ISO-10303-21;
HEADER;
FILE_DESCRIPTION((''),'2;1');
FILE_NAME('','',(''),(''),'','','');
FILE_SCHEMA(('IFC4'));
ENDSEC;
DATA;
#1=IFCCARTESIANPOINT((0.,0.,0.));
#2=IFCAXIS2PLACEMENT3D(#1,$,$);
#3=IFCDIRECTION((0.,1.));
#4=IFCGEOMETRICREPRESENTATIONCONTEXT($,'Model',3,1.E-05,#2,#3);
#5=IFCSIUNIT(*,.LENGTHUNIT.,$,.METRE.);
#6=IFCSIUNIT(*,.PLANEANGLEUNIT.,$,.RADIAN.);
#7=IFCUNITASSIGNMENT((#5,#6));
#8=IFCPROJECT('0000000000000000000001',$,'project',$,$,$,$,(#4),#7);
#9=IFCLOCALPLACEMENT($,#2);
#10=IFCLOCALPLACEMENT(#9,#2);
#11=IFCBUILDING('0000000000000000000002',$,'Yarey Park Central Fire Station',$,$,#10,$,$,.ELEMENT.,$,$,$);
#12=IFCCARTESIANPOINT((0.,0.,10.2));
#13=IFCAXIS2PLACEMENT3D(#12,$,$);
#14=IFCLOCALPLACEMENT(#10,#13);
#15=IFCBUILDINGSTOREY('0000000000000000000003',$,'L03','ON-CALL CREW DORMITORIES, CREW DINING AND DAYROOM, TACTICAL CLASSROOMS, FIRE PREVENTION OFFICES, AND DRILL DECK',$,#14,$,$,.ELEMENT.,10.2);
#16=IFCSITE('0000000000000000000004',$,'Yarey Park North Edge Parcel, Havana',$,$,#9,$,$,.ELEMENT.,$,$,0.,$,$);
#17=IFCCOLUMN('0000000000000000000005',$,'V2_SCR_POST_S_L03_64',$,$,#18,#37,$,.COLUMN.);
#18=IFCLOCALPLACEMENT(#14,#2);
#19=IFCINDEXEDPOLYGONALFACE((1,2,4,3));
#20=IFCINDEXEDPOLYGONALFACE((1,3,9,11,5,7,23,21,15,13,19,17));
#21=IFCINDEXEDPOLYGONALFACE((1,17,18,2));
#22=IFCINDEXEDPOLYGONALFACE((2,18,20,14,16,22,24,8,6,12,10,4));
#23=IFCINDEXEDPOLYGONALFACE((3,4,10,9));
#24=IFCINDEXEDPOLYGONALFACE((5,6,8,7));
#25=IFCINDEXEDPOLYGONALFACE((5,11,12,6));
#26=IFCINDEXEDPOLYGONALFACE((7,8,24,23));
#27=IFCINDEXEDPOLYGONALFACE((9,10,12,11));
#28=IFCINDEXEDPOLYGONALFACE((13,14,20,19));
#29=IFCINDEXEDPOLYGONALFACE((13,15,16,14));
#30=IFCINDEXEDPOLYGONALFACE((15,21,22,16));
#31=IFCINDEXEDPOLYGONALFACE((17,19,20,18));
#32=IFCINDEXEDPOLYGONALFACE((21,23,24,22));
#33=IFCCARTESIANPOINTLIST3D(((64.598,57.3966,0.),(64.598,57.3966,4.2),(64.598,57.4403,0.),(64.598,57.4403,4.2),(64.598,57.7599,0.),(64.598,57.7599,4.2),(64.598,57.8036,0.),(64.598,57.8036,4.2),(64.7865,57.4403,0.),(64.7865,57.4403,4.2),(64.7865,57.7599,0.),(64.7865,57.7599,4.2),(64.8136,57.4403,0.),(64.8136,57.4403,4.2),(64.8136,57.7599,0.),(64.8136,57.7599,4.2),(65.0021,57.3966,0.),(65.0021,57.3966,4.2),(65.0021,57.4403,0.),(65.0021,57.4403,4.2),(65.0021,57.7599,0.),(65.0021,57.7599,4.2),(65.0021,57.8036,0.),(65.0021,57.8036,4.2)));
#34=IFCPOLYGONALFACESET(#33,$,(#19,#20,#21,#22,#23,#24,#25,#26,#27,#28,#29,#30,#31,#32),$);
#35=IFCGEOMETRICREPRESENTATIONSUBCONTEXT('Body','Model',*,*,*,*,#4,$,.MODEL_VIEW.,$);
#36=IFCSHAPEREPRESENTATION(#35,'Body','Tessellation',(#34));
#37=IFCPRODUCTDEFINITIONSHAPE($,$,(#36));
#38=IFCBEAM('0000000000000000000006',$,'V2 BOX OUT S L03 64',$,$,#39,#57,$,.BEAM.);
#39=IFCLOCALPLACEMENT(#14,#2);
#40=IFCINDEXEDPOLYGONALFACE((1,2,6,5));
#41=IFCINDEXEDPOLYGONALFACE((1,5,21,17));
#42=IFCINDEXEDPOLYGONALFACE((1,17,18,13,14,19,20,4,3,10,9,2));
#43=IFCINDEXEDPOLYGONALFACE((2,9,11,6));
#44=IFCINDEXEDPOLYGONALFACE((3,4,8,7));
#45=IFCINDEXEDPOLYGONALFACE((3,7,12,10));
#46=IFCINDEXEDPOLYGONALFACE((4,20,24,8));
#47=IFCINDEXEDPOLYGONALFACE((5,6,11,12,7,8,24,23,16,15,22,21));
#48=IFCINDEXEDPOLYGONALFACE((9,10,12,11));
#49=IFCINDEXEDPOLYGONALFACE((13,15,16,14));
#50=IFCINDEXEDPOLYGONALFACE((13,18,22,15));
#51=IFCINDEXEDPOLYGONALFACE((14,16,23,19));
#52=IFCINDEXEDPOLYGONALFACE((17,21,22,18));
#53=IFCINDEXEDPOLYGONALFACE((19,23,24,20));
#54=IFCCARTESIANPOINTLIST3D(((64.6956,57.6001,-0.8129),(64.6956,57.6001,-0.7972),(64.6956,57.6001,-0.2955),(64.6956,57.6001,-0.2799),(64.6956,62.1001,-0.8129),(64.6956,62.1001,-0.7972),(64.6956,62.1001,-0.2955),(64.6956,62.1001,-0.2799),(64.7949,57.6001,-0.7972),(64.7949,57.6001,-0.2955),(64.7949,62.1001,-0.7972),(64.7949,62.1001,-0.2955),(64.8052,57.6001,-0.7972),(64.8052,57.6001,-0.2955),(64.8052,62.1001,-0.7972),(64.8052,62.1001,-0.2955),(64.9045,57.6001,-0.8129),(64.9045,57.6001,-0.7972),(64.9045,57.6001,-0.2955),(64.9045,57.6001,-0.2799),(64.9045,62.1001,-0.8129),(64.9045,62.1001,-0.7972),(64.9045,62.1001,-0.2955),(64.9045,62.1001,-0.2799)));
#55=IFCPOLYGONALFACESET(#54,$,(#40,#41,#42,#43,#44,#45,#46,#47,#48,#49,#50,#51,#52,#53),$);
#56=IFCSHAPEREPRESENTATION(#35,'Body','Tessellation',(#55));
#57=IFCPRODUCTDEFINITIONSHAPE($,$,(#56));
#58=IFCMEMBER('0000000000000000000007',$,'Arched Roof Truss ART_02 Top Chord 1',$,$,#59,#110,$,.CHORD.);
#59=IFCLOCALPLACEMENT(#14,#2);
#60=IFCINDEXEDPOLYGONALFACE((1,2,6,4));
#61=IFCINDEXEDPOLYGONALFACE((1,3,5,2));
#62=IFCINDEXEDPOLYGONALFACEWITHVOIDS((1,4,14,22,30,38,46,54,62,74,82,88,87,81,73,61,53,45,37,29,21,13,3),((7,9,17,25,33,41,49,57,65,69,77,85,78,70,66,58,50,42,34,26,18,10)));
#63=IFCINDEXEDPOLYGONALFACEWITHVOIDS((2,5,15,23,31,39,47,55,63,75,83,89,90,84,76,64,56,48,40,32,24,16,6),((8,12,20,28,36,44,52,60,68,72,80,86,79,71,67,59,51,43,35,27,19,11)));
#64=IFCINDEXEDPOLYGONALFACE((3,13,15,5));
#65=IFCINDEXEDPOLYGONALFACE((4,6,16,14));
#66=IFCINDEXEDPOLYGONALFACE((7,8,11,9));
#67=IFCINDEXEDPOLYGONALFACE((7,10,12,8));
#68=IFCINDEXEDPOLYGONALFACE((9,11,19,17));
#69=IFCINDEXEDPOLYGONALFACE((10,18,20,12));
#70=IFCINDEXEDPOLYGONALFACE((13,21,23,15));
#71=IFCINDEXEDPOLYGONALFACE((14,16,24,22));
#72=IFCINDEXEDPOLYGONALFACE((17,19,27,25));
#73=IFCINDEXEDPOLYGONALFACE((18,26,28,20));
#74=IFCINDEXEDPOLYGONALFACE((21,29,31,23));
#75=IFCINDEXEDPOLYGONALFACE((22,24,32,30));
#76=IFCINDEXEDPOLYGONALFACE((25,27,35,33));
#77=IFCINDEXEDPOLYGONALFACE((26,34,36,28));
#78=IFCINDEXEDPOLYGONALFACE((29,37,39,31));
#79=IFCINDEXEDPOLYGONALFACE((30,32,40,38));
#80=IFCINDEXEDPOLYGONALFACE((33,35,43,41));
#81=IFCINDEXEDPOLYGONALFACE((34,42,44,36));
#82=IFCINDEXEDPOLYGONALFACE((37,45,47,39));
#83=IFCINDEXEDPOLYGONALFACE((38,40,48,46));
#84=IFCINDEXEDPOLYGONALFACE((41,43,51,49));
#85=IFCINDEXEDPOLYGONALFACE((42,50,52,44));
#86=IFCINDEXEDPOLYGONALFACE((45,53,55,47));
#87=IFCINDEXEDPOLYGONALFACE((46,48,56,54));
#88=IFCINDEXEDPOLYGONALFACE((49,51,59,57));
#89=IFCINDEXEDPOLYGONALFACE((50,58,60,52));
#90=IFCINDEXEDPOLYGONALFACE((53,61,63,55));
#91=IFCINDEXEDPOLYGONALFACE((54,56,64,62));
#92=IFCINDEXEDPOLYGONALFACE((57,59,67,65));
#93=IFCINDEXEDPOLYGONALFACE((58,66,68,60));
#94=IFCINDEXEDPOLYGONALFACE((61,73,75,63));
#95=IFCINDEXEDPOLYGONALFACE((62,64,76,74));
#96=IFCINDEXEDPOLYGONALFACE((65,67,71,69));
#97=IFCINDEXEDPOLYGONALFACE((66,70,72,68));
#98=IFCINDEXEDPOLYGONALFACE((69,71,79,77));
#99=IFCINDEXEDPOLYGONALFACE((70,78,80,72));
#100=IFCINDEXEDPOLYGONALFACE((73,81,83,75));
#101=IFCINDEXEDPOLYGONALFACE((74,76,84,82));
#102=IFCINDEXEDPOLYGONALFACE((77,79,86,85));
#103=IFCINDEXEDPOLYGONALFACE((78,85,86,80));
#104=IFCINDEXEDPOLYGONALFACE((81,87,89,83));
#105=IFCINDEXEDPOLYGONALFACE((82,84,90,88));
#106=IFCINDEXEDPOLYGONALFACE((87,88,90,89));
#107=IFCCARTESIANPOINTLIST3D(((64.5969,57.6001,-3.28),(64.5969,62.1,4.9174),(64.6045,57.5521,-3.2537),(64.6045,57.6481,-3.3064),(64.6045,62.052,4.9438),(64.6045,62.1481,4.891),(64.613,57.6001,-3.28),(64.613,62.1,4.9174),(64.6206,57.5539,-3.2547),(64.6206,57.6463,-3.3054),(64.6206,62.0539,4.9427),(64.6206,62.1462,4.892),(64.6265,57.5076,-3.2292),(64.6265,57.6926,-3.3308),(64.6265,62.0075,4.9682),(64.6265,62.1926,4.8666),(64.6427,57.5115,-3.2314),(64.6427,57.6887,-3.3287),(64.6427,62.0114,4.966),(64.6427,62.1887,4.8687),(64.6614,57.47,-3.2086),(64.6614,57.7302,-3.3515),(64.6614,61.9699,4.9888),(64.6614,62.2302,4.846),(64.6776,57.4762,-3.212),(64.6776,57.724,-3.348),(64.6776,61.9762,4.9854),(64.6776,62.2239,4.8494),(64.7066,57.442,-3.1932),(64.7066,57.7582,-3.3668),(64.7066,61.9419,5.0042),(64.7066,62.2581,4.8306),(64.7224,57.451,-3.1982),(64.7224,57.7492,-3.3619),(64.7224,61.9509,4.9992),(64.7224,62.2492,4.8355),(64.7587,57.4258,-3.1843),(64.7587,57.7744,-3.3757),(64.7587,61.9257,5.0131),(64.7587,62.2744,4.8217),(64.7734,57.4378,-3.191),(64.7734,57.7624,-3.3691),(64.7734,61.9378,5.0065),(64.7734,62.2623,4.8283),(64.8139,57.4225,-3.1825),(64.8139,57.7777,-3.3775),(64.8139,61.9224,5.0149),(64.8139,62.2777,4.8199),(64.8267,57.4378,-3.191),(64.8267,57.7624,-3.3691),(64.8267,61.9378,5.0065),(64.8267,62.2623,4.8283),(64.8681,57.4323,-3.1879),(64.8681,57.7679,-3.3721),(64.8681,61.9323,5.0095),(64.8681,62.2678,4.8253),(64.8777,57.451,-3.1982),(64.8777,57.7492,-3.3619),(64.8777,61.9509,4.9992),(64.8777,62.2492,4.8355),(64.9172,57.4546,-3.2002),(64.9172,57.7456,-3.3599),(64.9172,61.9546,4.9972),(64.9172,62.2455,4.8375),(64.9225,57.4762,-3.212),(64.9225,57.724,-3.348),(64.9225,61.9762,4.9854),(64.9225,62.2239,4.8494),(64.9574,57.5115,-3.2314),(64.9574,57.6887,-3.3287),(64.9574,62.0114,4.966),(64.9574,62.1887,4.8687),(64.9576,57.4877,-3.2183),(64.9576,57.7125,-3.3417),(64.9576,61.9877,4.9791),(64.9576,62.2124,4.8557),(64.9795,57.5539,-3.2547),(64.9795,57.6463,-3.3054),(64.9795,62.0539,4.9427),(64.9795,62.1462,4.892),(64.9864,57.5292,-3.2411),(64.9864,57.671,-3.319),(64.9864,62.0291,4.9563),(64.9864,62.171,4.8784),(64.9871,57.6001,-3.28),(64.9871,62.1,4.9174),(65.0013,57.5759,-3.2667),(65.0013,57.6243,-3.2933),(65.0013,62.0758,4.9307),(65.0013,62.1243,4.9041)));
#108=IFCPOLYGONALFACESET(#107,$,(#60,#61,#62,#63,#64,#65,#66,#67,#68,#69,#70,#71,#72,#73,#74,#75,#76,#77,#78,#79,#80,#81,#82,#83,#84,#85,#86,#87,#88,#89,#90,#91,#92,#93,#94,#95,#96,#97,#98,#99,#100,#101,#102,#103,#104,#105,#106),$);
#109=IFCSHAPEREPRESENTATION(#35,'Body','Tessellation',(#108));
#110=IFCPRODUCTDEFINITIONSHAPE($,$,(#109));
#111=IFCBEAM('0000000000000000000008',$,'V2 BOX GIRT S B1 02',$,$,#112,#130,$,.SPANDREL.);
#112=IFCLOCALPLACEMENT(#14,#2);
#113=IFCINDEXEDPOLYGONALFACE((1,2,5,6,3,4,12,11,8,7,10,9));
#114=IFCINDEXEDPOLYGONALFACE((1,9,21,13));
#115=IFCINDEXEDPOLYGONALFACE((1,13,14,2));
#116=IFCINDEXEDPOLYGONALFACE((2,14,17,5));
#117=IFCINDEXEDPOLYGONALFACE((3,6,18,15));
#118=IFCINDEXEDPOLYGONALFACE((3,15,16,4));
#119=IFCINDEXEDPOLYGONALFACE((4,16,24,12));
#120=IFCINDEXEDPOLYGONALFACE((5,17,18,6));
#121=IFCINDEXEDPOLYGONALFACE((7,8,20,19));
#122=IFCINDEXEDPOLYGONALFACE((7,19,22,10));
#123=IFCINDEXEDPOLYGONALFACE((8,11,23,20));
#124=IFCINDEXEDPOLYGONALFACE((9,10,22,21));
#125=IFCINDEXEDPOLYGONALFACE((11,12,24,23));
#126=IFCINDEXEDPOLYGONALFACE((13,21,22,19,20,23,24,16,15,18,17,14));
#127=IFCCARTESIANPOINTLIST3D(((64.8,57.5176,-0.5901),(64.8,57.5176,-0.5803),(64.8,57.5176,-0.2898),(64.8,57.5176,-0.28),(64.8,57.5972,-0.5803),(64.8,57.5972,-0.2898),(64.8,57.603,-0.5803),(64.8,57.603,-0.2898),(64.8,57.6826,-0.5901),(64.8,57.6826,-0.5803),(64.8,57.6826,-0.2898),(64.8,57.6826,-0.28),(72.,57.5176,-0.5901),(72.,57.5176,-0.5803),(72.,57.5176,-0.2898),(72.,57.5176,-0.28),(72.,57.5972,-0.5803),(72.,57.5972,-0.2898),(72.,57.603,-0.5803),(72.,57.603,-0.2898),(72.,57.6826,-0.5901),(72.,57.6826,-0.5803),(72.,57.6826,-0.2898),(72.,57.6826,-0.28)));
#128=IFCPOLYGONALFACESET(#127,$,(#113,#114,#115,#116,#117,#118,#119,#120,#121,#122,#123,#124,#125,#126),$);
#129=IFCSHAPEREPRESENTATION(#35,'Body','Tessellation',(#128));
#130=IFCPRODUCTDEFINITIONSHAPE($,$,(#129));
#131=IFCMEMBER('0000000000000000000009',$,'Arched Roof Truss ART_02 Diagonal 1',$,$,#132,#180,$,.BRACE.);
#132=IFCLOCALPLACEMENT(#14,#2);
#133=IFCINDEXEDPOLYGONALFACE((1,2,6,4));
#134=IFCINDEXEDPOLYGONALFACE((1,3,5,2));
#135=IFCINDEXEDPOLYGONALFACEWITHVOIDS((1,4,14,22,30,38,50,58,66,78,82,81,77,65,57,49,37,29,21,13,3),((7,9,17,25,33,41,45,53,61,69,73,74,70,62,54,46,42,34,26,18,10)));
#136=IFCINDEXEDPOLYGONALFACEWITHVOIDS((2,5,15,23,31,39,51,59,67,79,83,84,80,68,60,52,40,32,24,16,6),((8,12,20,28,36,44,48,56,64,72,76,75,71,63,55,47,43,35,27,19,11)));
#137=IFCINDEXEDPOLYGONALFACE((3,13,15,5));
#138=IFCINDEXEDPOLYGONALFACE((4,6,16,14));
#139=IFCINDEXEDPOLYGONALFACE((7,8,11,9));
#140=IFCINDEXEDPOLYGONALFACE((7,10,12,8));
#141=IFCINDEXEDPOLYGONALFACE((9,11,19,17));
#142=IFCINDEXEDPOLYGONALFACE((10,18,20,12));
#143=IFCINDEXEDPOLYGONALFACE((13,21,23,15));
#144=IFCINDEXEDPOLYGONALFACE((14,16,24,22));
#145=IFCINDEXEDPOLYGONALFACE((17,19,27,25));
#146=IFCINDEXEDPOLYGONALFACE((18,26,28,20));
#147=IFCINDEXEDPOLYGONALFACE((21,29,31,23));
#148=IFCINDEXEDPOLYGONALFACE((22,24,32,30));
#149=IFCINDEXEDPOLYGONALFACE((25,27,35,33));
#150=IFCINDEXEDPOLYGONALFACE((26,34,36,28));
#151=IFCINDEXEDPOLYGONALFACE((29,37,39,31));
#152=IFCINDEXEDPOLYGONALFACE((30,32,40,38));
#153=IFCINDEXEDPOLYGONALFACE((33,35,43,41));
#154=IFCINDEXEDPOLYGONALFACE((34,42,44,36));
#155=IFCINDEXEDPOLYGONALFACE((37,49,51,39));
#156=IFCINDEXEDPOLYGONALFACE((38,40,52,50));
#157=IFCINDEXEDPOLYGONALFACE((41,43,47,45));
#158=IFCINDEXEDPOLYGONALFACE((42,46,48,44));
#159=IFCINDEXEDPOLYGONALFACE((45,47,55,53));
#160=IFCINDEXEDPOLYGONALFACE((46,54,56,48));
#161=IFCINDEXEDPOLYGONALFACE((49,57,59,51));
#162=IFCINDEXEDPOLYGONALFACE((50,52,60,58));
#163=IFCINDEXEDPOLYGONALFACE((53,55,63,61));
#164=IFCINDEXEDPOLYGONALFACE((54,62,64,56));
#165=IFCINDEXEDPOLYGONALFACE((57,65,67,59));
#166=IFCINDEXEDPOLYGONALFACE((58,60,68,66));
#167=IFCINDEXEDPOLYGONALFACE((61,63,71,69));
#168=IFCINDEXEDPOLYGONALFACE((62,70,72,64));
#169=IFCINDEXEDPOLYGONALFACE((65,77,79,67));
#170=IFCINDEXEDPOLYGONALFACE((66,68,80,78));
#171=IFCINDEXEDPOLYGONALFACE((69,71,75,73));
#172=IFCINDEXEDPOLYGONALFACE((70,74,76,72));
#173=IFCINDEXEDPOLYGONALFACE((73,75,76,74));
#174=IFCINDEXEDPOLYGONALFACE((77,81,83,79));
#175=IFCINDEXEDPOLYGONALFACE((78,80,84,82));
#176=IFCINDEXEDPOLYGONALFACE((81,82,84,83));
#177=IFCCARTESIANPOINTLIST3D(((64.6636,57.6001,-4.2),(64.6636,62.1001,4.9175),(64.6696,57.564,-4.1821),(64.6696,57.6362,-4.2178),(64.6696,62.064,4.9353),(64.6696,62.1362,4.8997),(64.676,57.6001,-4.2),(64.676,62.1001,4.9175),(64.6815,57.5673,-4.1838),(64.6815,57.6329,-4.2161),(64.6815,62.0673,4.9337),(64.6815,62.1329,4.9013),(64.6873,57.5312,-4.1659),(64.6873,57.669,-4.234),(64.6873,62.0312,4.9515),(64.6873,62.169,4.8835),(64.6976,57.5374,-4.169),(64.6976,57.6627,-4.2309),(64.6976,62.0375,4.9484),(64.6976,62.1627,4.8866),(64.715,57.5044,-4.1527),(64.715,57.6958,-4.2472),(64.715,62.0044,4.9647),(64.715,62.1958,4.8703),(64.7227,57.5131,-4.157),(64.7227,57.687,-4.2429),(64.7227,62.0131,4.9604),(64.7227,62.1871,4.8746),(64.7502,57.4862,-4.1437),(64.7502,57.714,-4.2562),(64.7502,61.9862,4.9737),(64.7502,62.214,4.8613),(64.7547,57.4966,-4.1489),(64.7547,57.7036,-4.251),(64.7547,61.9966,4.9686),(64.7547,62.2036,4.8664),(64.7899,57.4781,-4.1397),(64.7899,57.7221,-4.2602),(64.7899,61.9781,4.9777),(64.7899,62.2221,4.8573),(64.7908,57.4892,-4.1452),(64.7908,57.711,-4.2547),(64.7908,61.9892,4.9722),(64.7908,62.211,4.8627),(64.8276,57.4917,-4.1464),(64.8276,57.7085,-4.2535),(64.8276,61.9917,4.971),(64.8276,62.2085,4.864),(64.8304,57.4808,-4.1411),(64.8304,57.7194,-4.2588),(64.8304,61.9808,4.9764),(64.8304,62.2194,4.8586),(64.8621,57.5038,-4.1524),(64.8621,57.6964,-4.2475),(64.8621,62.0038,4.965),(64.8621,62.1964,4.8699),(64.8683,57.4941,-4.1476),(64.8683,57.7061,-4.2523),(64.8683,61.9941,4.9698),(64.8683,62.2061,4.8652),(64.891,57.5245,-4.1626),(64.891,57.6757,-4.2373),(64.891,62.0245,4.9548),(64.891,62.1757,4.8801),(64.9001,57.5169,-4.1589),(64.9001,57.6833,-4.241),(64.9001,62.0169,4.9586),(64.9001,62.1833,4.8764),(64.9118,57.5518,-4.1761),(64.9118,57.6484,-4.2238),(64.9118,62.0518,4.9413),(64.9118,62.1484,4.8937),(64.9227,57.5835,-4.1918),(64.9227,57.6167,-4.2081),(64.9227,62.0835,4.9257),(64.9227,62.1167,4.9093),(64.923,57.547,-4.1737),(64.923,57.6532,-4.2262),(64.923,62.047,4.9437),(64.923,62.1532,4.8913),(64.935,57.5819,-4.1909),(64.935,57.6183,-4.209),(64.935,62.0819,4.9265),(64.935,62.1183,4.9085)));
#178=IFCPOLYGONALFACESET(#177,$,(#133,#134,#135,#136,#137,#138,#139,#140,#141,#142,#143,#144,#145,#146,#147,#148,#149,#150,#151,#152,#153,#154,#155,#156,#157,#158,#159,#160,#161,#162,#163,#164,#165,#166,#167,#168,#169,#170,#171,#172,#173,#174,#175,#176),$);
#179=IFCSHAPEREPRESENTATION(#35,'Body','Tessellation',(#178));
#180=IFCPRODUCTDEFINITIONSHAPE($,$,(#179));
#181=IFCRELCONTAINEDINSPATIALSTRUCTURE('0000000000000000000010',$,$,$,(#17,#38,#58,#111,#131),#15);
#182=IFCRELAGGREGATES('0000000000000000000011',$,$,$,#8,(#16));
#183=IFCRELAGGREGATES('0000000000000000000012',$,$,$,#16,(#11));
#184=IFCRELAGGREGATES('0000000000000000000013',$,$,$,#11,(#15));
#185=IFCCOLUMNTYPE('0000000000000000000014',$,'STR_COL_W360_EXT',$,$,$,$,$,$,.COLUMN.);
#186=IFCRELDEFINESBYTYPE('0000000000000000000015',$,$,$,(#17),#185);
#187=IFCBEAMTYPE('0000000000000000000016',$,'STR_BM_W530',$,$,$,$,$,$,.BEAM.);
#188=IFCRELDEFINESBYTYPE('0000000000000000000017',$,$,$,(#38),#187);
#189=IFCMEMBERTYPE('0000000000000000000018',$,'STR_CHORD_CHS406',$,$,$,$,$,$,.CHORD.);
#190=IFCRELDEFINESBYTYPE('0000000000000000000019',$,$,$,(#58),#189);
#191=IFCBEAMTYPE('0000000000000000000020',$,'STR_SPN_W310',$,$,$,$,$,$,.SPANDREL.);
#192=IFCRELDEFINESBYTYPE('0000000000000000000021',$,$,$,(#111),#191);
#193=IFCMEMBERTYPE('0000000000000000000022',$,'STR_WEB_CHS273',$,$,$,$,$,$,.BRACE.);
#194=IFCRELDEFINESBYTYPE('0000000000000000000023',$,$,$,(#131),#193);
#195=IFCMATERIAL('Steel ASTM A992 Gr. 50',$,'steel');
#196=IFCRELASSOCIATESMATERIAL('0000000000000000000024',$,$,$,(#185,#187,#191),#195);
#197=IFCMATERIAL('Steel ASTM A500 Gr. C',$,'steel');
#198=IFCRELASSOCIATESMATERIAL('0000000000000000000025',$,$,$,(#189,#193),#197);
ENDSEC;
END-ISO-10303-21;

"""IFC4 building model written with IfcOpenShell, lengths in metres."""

from ifc_helpers import new_model, si_unit, direction, frame, origin, origin_2d, place, context, subcontext, project, spatial, hollow_circle, i_section, extrude, material, material_profile, profile_set, type_object, element, save


model = new_model("IFC4")

# Units and contexts
model_context = context("Model", 3, precision=1e-05, world=origin(), true_north=direction((0.0, 1.0)))
body_context = subcontext(model_context, "Body", "Model", "MODEL_VIEW")
ifc_project = project(units=[si_unit("LENGTHUNIT", "METRE"), si_unit("PLANEANGLEUNIT", "RADIAN")], contexts=[model_context])

# Site, building, storey
site_placement = place(None, origin())
site = spatial("IfcSite", under=ifc_project, at=site_placement, Name="Yarey Park North Edge Parcel, Havana", CompositionType="ELEMENT", RefElevation=0.0)
building_placement = place(site_placement, origin())
building = spatial("IfcBuilding", under=site, at=building_placement, Name="Yarey Park Central Fire Station", CompositionType="ELEMENT")
storey_placement = place(building_placement, frame((0.0, 0.0, 10.2)))
storey = spatial("IfcBuildingStorey", under=building, at=storey_placement, Name="L03", Description="ON-CALL CREW DORMITORIES, CREW DINING AND DAYROOM, TACTICAL CLASSROOMS, FIRE PREVENTION OFFICES, AND DRILL DECK", CompositionType="ELEMENT", Elevation=10.2)

# Column
ifc_material_1 = material(Name="Steel ASTM A992 Gr. 50", Category="steel")
ifc_material_profile_1 = material_profile(ifc_material_1, i_section(OverallWidth=0.4041, OverallDepth=0.407, WebThickness=0.0271, FlangeThickness=0.0437, at=origin_2d()), Name="W360x347")
ifc_profile_set_1 = profile_set([ifc_material_profile_1], Name="Steel ASTM A992 Gr. 50")
column_type = type_object("IfcColumnType", Name="STR_COL_W360_EXT", PredefinedType="COLUMN", material=ifc_profile_set_1)
column_placement = place(storey_placement, frame((64.8, 57.6001, 0.0), z_axis=(0.0, 0.0, 1.0), x_axis=(1.0, 0.0, 0.0)))
element("IfcColumn", 1, at=column_placement, inside=storey, type_object=column_type, Name="V2_SCR_POST_S_L03_64", PredefinedType="COLUMN", context=body_context, shape_type="SweptSolid", body=[
    extrude(i_section(OverallWidth=0.4041, OverallDepth=0.407, WebThickness=0.0271, FlangeThickness=0.0437, at=origin_2d()), origin(), (0.0, 0.0, 1.0), 4.2),
])

# Beam
ifc_material_profile_2 = material_profile(ifc_material_1, i_section(OverallWidth=0.209, OverallDepth=0.533, WebThickness=0.0103, FlangeThickness=0.0156, at=origin_2d()), Name="W530x92")
ifc_profile_set_2 = profile_set([ifc_material_profile_2], Name="Steel ASTM A992 Gr. 50")
beam_type_1 = type_object("IfcBeamType", Name="STR_BM_W530", PredefinedType="BEAM", material=ifc_profile_set_2)
beam_1_placement = place(storey_placement, frame((64.8, 57.6001, -0.5464), z_axis=(0.0, 1.0, 0.0), x_axis=(-1.0, 0.0, 0.0)))
element("IfcBeam", 2, at=beam_1_placement, inside=storey, type_object=beam_type_1, Name="V2 BOX OUT S L03 64", PredefinedType="BEAM", context=body_context, shape_type="SweptSolid", body=[
    extrude(i_section(OverallWidth=0.209, OverallDepth=0.533, WebThickness=0.0103, FlangeThickness=0.0156, at=origin_2d()), origin(), (0.0, 0.0, 1.0), 4.5),
])

# Member
ifc_material_2 = material(Name="Steel ASTM A500 Gr. C", Category="steel")
ifc_material_profile_3 = material_profile(ifc_material_2, hollow_circle(Radius=0.2031, WallThickness=0.0161, at=origin_2d()), Name="CHS 406.4x16")
ifc_profile_set_3 = profile_set([ifc_material_profile_3], Name="Steel ASTM A500 Gr. C")
member_type_1 = type_object("IfcMemberType", Name="STR_CHORD_CHS406", PredefinedType="CHORD", material=ifc_profile_set_3)
member_1_placement = place(storey_placement, frame((64.8, 57.6001, -3.28), z_axis=(0.0, 0.48121, 0.876605), x_axis=(-1.0, 0.0, 0.0)))
element("IfcMember", 3, at=member_1_placement, inside=storey, type_object=member_type_1, Name="Arched Roof Truss ART_02 Top Chord 1", PredefinedType="CHORD", context=body_context, shape_type="SweptSolid", body=[
    extrude(hollow_circle(Radius=0.2031, WallThickness=0.0161, at=origin_2d()), origin(), (0.0, 0.0, 1.0), 9.3513),
])

# Beam
ifc_material_profile_4 = material_profile(ifc_material_1, i_section(OverallWidth=0.165, OverallDepth=0.3101, WebThickness=0.0059, FlangeThickness=0.0098, at=origin_2d()), Name="W310x39")
ifc_profile_set_4 = profile_set([ifc_material_profile_4], Name="Steel ASTM A992 Gr. 50")
beam_type_2 = type_object("IfcBeamType", Name="STR_SPN_W310", PredefinedType="SPANDREL", material=ifc_profile_set_4)
beam_2_placement = place(storey_placement, frame((64.8, 57.6001, -0.4351), z_axis=(1.0, 0.0, 0.0), x_axis=(0.0, 1.0, 0.0)))
element("IfcBeam", 4, at=beam_2_placement, inside=storey, type_object=beam_type_2, Name="V2 BOX GIRT S B1 02", PredefinedType="SPANDREL", context=body_context, shape_type="SweptSolid", body=[
    extrude(i_section(OverallWidth=0.165, OverallDepth=0.3101, WebThickness=0.0059, FlangeThickness=0.0098, at=origin_2d()), origin(), (0.0, 0.0, 1.0), 7.2),
])

# Member
ifc_material_profile_5 = material_profile(ifc_material_2, hollow_circle(Radius=0.1365, WallThickness=0.0125, at=origin_2d()), Name="CHS 273x12.5")
ifc_profile_set_5 = profile_set([ifc_material_profile_5], Name="Steel ASTM A500 Gr. C")
member_type_2 = type_object("IfcMemberType", Name="STR_WEB_CHS273", PredefinedType="BRACE", material=ifc_profile_set_5)
member_2_placement = place(storey_placement, frame((64.8, 57.6001, -4.2), z_axis=(0.0, 0.442588, 0.896725), x_axis=(-1.0, 0.0, 0.0)))
element("IfcMember", 5, at=member_2_placement, inside=storey, type_object=member_type_2, Name="Arched Roof Truss ART_02 Diagonal 1", PredefinedType="BRACE", context=body_context, shape_type="SweptSolid", body=[
    extrude(hollow_circle(Radius=0.1365, WallThickness=0.0125, at=origin_2d()), origin(), (0.0, 0.0, 1.0), 10.1675),
])

save(model, "model.ifc")
